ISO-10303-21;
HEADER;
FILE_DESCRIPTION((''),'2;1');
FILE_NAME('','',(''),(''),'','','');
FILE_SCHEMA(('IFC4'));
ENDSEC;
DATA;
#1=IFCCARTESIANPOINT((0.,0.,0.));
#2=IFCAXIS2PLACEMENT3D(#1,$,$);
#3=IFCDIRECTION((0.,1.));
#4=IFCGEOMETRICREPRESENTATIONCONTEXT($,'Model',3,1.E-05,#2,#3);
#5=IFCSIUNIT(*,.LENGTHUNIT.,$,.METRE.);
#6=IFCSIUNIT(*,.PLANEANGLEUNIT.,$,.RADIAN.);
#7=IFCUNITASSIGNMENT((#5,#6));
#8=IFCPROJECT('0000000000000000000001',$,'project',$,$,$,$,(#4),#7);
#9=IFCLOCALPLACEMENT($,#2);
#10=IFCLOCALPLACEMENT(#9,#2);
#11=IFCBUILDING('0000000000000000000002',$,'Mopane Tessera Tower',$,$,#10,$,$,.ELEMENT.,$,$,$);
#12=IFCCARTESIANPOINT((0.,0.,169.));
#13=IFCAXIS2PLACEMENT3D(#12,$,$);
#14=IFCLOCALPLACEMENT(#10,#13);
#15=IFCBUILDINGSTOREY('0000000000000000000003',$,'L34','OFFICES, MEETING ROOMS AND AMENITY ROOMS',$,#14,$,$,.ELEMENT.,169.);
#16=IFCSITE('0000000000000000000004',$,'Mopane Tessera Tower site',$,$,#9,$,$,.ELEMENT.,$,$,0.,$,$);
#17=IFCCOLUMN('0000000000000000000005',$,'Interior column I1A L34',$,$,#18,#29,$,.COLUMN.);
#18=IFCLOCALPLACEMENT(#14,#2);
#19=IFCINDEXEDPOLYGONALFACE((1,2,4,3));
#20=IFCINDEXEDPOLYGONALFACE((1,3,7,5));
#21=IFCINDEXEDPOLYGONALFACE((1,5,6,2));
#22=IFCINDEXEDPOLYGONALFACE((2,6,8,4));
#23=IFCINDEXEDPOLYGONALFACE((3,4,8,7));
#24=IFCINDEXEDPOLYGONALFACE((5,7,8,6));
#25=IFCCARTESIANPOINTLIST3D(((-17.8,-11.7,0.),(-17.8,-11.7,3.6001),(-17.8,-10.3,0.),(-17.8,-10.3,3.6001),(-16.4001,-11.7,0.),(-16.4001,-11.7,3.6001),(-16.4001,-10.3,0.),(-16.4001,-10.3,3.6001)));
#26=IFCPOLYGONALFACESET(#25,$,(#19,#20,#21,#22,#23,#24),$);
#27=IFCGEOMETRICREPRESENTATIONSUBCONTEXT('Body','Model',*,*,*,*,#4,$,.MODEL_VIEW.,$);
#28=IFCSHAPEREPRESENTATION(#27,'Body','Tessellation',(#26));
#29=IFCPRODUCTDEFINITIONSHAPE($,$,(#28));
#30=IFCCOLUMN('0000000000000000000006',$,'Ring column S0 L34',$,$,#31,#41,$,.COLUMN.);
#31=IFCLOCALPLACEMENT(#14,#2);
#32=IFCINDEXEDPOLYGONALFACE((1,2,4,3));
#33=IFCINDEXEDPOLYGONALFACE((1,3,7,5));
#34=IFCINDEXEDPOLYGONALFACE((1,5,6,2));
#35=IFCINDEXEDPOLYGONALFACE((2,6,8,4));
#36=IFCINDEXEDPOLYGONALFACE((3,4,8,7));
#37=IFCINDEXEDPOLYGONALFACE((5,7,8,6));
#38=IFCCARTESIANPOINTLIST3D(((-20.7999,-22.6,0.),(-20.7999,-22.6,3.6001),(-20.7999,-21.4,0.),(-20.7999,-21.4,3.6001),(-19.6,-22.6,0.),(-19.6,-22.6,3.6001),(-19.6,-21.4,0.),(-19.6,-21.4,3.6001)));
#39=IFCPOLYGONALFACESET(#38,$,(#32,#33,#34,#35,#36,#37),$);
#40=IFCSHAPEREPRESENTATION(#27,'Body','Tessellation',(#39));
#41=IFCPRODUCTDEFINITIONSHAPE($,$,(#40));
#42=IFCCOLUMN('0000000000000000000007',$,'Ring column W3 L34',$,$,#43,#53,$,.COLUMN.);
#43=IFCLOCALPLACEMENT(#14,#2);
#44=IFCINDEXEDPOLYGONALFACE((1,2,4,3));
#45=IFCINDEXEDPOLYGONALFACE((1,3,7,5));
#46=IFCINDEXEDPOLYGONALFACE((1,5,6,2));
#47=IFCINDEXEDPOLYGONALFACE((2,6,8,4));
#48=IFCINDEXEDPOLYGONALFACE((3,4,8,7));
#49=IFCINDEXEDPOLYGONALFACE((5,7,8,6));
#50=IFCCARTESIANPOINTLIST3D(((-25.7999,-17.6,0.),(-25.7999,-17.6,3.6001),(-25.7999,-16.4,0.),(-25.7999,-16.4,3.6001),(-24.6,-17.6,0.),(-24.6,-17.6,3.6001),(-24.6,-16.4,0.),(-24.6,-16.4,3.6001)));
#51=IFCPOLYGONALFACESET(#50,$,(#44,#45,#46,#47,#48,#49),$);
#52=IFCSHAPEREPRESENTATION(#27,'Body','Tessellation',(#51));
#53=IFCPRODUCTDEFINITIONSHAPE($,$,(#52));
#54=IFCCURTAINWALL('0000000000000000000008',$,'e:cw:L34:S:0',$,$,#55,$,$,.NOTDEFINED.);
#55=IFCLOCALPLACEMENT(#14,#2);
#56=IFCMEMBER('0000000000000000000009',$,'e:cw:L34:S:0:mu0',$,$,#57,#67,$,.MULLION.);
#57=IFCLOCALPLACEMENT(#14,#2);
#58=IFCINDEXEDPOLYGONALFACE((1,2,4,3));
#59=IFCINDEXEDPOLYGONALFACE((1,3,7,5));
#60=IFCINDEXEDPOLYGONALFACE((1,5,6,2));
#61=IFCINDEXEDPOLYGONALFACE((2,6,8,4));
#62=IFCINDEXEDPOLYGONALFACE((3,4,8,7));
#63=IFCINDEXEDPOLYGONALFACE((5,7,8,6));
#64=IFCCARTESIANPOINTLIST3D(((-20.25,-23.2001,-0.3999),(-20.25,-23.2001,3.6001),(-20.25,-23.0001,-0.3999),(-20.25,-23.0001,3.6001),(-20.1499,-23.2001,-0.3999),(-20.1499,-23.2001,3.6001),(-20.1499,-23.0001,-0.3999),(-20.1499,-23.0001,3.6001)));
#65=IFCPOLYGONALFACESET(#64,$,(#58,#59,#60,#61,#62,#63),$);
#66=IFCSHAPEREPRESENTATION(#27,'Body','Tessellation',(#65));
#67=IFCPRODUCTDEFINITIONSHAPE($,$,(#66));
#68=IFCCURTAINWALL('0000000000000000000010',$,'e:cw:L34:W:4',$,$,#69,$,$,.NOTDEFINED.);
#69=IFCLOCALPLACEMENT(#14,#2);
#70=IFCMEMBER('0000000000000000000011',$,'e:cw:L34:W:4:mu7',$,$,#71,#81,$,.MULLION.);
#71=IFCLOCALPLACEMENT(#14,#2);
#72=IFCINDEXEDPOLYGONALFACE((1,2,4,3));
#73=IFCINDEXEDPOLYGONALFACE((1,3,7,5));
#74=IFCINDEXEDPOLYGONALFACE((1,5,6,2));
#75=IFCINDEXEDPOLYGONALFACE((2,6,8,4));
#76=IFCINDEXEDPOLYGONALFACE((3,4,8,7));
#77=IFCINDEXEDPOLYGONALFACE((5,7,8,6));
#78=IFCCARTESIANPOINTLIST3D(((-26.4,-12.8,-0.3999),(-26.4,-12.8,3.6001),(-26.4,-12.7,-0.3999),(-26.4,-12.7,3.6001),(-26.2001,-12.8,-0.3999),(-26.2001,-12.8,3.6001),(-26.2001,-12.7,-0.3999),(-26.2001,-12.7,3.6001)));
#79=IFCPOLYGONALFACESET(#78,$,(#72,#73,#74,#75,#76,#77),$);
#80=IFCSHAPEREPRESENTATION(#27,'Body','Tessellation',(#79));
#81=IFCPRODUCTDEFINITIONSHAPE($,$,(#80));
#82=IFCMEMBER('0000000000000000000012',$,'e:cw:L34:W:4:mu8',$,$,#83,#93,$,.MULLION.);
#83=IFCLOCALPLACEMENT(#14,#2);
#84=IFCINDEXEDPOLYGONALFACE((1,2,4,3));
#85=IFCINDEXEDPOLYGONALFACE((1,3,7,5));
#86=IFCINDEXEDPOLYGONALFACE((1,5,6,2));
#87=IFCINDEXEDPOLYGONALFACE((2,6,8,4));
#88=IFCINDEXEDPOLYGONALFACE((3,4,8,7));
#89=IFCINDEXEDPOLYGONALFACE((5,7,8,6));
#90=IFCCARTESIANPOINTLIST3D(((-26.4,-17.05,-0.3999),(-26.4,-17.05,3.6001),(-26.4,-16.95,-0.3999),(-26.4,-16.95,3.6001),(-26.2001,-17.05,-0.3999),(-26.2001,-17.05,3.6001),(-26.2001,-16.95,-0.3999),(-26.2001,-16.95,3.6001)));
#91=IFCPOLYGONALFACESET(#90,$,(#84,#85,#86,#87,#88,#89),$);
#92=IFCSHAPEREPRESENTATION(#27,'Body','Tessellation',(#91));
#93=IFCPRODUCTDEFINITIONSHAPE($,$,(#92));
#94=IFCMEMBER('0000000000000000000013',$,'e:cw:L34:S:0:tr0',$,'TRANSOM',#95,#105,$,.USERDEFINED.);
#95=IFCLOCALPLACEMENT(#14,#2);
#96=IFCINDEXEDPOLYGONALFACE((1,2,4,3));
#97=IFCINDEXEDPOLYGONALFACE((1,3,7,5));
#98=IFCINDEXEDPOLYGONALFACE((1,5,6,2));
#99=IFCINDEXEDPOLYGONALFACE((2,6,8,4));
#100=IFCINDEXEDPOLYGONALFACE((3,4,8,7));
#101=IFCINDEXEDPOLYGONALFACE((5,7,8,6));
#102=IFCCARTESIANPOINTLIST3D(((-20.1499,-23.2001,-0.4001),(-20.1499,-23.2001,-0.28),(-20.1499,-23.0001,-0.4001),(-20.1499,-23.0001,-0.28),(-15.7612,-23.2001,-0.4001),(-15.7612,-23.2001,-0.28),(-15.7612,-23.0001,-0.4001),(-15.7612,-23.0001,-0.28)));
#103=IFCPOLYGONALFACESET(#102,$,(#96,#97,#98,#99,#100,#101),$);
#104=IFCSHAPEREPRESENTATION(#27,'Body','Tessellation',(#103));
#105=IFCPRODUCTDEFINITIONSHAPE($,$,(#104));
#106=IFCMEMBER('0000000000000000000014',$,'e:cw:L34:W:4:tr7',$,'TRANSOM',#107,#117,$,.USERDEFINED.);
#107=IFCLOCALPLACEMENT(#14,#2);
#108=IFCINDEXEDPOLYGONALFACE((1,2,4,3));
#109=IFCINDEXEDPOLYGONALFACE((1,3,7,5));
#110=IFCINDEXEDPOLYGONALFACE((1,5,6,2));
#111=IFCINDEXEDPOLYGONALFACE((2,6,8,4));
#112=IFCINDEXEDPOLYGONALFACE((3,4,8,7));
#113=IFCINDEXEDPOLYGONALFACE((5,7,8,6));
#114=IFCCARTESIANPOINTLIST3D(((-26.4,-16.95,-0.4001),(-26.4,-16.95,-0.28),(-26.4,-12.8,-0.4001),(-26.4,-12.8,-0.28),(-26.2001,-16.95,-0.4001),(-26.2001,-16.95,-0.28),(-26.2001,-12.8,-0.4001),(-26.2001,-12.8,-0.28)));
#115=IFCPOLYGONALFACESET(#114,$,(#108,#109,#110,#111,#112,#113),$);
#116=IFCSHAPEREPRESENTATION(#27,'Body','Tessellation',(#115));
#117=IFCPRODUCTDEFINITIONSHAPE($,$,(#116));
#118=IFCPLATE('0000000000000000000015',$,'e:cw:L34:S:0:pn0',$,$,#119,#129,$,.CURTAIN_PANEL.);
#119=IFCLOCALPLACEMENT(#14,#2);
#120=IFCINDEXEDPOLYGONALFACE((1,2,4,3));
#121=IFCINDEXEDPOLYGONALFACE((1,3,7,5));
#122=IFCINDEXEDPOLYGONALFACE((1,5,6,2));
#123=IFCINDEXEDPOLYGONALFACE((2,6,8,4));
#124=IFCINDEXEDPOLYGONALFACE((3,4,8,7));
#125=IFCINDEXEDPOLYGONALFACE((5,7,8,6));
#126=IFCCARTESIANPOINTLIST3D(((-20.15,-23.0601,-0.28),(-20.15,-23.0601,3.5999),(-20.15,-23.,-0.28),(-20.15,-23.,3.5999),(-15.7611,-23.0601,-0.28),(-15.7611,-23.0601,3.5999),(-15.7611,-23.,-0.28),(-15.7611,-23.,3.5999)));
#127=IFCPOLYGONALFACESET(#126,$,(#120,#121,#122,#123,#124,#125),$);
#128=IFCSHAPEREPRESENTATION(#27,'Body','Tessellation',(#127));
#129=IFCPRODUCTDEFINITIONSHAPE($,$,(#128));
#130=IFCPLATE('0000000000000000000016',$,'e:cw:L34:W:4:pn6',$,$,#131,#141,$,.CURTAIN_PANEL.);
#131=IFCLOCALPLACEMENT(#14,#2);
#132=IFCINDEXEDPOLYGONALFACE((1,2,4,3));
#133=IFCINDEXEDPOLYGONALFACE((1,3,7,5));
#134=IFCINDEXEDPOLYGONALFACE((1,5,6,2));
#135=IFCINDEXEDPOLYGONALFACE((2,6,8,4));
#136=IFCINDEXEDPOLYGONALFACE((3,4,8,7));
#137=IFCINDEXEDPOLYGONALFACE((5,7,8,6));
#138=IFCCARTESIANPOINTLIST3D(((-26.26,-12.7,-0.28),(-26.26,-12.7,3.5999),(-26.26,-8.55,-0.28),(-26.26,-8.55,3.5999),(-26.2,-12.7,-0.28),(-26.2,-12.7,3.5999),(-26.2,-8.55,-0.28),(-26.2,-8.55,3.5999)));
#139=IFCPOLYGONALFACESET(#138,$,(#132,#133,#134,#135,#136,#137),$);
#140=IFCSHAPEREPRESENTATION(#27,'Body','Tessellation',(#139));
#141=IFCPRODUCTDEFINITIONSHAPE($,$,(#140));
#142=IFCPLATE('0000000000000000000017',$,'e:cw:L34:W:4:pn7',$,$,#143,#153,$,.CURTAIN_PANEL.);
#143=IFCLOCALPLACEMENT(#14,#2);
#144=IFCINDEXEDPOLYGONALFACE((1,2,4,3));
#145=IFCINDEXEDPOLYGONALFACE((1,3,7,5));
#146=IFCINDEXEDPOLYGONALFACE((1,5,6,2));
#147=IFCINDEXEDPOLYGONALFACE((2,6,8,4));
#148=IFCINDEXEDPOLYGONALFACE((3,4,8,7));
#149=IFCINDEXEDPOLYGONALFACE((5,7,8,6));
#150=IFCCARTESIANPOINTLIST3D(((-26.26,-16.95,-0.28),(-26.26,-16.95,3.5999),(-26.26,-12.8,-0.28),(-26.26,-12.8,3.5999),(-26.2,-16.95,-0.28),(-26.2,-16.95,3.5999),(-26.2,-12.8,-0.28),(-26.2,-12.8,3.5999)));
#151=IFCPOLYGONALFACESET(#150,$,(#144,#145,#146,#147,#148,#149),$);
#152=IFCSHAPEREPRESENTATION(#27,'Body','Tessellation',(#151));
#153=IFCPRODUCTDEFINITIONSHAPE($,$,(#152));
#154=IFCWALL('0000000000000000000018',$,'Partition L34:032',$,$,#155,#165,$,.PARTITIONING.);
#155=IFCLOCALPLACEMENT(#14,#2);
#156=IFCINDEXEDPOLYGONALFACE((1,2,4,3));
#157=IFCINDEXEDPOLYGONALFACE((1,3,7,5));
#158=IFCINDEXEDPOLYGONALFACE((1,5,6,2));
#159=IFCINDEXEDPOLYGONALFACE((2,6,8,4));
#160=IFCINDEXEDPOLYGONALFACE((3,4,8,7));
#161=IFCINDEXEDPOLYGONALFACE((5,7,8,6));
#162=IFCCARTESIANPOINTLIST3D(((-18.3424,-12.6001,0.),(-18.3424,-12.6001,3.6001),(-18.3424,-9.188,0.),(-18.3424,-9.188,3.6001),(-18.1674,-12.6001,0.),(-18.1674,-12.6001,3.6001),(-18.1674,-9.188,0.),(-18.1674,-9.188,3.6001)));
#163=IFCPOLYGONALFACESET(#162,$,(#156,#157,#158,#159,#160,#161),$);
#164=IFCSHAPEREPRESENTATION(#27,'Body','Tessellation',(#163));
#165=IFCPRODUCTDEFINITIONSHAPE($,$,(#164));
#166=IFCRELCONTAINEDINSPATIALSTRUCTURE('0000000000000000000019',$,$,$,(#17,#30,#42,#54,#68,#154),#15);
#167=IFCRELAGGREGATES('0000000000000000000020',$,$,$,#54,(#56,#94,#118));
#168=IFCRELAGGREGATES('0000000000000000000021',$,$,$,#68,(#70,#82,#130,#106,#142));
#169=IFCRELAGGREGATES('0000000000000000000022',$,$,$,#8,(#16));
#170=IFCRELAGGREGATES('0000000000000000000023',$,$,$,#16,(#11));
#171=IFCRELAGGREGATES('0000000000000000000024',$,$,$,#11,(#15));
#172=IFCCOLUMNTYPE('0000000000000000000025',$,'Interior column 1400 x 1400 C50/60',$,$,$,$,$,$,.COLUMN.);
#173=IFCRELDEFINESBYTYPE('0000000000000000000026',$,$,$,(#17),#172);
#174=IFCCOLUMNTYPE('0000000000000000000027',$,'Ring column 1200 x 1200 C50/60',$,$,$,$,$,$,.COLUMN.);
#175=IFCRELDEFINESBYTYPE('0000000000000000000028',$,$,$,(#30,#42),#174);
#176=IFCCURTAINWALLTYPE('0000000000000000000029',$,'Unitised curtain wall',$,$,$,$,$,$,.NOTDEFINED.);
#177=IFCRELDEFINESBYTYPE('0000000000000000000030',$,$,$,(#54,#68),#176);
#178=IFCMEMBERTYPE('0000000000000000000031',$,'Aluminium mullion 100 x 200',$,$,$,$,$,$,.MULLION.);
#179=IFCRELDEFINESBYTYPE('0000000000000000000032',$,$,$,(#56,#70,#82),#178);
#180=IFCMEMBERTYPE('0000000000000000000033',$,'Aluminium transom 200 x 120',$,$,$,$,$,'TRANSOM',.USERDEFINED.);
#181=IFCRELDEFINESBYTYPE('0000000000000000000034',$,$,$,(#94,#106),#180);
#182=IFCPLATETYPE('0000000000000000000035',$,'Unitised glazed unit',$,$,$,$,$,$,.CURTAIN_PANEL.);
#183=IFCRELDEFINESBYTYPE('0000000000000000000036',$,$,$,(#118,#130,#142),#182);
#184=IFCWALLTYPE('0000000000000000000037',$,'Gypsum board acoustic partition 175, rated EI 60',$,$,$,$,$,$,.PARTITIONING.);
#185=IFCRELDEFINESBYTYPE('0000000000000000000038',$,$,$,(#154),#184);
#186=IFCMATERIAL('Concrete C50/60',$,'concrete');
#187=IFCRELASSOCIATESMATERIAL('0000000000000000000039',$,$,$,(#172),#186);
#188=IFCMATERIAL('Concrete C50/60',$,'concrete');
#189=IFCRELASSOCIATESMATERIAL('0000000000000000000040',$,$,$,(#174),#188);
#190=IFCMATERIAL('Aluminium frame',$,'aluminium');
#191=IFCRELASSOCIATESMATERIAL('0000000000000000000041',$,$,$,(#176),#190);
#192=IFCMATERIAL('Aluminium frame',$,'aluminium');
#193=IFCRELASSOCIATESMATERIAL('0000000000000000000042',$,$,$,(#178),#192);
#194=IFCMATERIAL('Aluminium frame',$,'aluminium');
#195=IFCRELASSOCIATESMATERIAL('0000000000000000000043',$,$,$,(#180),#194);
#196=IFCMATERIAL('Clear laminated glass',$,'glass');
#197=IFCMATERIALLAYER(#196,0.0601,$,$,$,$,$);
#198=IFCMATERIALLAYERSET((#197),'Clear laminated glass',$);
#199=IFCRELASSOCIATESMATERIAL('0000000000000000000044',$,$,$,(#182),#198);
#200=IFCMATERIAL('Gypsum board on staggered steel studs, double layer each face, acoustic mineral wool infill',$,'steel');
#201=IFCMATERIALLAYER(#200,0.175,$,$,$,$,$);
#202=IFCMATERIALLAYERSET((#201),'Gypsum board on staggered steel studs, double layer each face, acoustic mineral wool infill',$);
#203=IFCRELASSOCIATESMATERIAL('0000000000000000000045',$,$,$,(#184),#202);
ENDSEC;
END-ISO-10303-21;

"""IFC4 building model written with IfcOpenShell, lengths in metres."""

from ifc_helpers import new_model, si_unit, direction, frame, frame_2d, origin, origin_2d, place, context, subcontext, project, spatial, rectangle, extrude, material, layer, layer_set, material_profile, profile_set, type_object, element, aggregate, save


model = new_model("IFC4")

# Units and contexts
model_context = context("Model", 3, precision=1e-05, world=origin(), true_north=direction((0.0, 1.0)))
body_context = subcontext(model_context, "Body", "Model", "MODEL_VIEW")
ifc_project = project(units=[si_unit("LENGTHUNIT", "METRE"), si_unit("PLANEANGLEUNIT", "RADIAN")], contexts=[model_context])

# Site, building, storey
site_placement = place(None, origin())
site = spatial("IfcSite", under=ifc_project, at=site_placement, Name="Mopane Tessera Tower site", CompositionType="ELEMENT", RefElevation=0.0)
building_placement = place(site_placement, origin())
building = spatial("IfcBuilding", under=site, at=building_placement, Name="Mopane Tessera Tower", CompositionType="ELEMENT")
storey_placement = place(building_placement, frame((0.0, 0.0, 169.0)))
storey = spatial("IfcBuildingStorey", under=building, at=storey_placement, Name="L34", Description="OFFICES, MEETING ROOMS AND AMENITY ROOMS", CompositionType="ELEMENT", Elevation=169.0)

# Columns
ifc_material_1 = material(Name="Concrete C50/60", Category="concrete")
ifc_material_profile_1 = material_profile(ifc_material_1, rectangle(XDim=1.3999, YDim=1.3999, at=origin_2d()))
ifc_profile_set_1 = profile_set([ifc_material_profile_1], Name="Concrete C50/60")
column_type_1 = type_object("IfcColumnType", Name="Interior column 1400 x 1400 C50/60", PredefinedType="COLUMN", material=ifc_profile_set_1)
column_placement = place(storey_placement, frame((-17.1001, -11.0, 0.0), z_axis=(0.0, 0.0, 1.0), x_axis=(1.0, 0.0, 0.0)))
element("IfcColumn", 1, at=column_placement, inside=storey, type_object=column_type_1, Name="Interior column I1A L34", PredefinedType="COLUMN", context=body_context, shape_type="SweptSolid", body=[
    extrude(rectangle(XDim=1.3999, YDim=1.3999, at=origin_2d()), origin(), (0.0, 0.0, 1.0), 3.6001),
])
ifc_material_2 = material(Name="Concrete C50/60", Category="concrete")
ifc_material_profile_2 = material_profile(ifc_material_2, rectangle(XDim=1.2, YDim=1.2, at=origin_2d()))
ifc_profile_set_2 = profile_set([ifc_material_profile_2], Name="Concrete C50/60")
column_type_2 = type_object("IfcColumnType", Name="Ring column 1200 x 1200 C50/60", PredefinedType="COLUMN", material=ifc_profile_set_2)
for number, where, z_axis, x_axis, name in (
    (2, (-20.2, -22.0, 0.0), (0.0, 0.0, 1.0), (1.0, 0.0, 0.0), "Ring column S0 L34"),
    (3, (-25.2, -17.0, 0.0), (0.0, 0.0, 1.0), (1.0, 0.0, 0.0), "Ring column W3 L34"),
):
    element("IfcColumn", number, at=place(storey_placement, frame(where, z_axis=z_axis, x_axis=x_axis)), inside=storey, type_object=column_type_2, Name=name, PredefinedType="COLUMN", context=body_context, shape_type="SweptSolid", body=[
        extrude(rectangle(XDim=1.2, YDim=1.2, at=origin_2d()), origin(), (0.0, 0.0, 1.0), 3.6001),
    ])

# Curtain wall, member
ifc_material_3 = material(Name="Aluminium frame", Category="aluminium")
curtain_wall_type = type_object("IfcCurtainWallType", Name="Unitised curtain wall", PredefinedType="NOTDEFINED", material=ifc_material_3)
curtain_wall_1_placement = place(storey_placement, origin())
curtain_wall_1 = element("IfcCurtainWall", 4, at=curtain_wall_1_placement, inside=storey, type_object=curtain_wall_type, Name="e:cw:L34:S:0", PredefinedType="NOTDEFINED")
ifc_material_4 = material(Name="Aluminium frame", Category="aluminium")
ifc_material_profile_3 = material_profile(ifc_material_4, rectangle(XDim=0.1001, YDim=0.2, at=origin_2d()))
ifc_profile_set_3 = profile_set([ifc_material_profile_3], Name="Aluminium frame")
member_type_1 = type_object("IfcMemberType", Name="Aluminium mullion 100 x 200", PredefinedType="MULLION", material=ifc_profile_set_3)
member_1_placement = place(storey_placement, frame((-20.2, -23.1001, -0.3999), z_axis=(0.0, 0.0, 1.0), x_axis=(1.0, 0.0, 0.0)))
member_1 = element("IfcMember", 5, at=member_1_placement, type_object=member_type_1, Name="e:cw:L34:S:0:mu0", PredefinedType="MULLION", context=body_context, shape_type="SweptSolid", body=[
    extrude(rectangle(XDim=0.1001, YDim=0.2, at=origin_2d()), origin(), (0.0, 0.0, 1.0), 4.0),
])

# Curtain wall, members
curtain_wall_2_placement = place(storey_placement, origin())
curtain_wall_2 = element("IfcCurtainWall", 6, at=curtain_wall_2_placement, inside=storey, type_object=curtain_wall_type, Name="e:cw:L34:W:4", PredefinedType="NOTDEFINED")
member_2_placement = place(storey_placement, frame((-26.3, -12.75, -0.3999), z_axis=(0.0, 0.0, 1.0), x_axis=(0.0, -1.0, 0.0)))
member_2 = element("IfcMember", 7, at=member_2_placement, type_object=member_type_1, Name="e:cw:L34:W:4:mu7", PredefinedType="MULLION", context=body_context, shape_type="SweptSolid", body=[
    extrude(rectangle(XDim=0.1001, YDim=0.2, at=origin_2d()), origin(), (0.0, 0.0, 1.0), 4.0),
])
member_3_placement = place(storey_placement, frame((-26.3, -17.0, -0.3999), z_axis=(0.0, 0.0, 1.0), x_axis=(0.0, -1.0, 0.0)))
member_3 = element("IfcMember", 8, at=member_3_placement, type_object=member_type_1, Name="e:cw:L34:W:4:mu8", PredefinedType="MULLION", context=body_context, shape_type="SweptSolid", body=[
    extrude(rectangle(XDim=0.1001, YDim=0.2, at=origin_2d()), origin(), (0.0, 0.0, 1.0), 4.0),
])

# Members
ifc_material_5 = material(Name="Aluminium frame", Category="aluminium")
ifc_material_profile_4 = material_profile(ifc_material_5, rectangle(XDim=0.2, YDim=0.1201, at=origin_2d()))
ifc_profile_set_4 = profile_set([ifc_material_profile_4], Name="Aluminium frame")
member_type_2 = type_object("IfcMemberType", Name="Aluminium transom 200 x 120", ElementType="TRANSOM", PredefinedType="USERDEFINED", material=ifc_profile_set_4)
member_4_placement = place(storey_placement, frame((-20.1499, -23.1001, -0.3401), z_axis=(1.0, 0.0, 0.0), x_axis=(0.0, 1.0, 0.0)))
member_4 = element("IfcMember", 9, at=member_4_placement, type_object=member_type_2, Name="e:cw:L34:S:0:tr0", ObjectType="TRANSOM", PredefinedType="USERDEFINED", context=body_context, shape_type="SweptSolid", body=[
    extrude(rectangle(XDim=0.2, YDim=0.1201, at=origin_2d()), origin(), (0.0, 0.0, 1.0), 4.3887),
])
member_5_placement = place(storey_placement, frame((-26.3, -12.8, -0.3401), z_axis=(0.0, -1.0, 0.0), x_axis=(1.0, 0.0, 0.0)))
member_5 = element("IfcMember", 10, at=member_5_placement, type_object=member_type_2, Name="e:cw:L34:W:4:tr7", ObjectType="TRANSOM", PredefinedType="USERDEFINED", context=body_context, shape_type="SweptSolid", body=[
    extrude(rectangle(XDim=0.2, YDim=0.1201, at=origin_2d()), origin(), (0.0, 0.0, 1.0), 4.1499),
])

# Plates
ifc_material_6 = material(Name="Clear laminated glass", Category="glass")
ifc_layer_1 = layer(ifc_material_6, 0.0601)
ifc_layer_set_1 = layer_set([ifc_layer_1], Name="Clear laminated glass")
plate_type = type_object("IfcPlateType", Name="Unitised glazed unit", PredefinedType="CURTAIN_PANEL", material=ifc_layer_set_1)
plate_1_placement = place(storey_placement, frame((-17.9556, -23.03, -0.28), z_axis=(0.0, 0.0, 1.0), x_axis=(1.0, 0.0, 0.0)))
plate_1 = element("IfcPlate", 11, at=plate_1_placement, type_object=plate_type, Name="e:cw:L34:S:0:pn0", PredefinedType="CURTAIN_PANEL", context=body_context, shape_type="SweptSolid", body=[
    extrude(rectangle(XDim=4.3889, YDim=0.0601, at=origin_2d()), origin(), (0.0, 0.0, 1.0), 3.8799),
])
aggregate(curtain_wall_1, [member_1, member_4, plate_1])
plate_2_placement = place(storey_placement, frame((-26.23, -10.625, -0.28), z_axis=(0.0, 0.0, 1.0), x_axis=(0.0, -1.0, 0.0)))
plate_2 = element("IfcPlate", 12, at=plate_2_placement, type_object=plate_type, Name="e:cw:L34:W:4:pn6", PredefinedType="CURTAIN_PANEL", context=body_context, shape_type="SweptSolid", body=[
    extrude(rectangle(XDim=4.1499, YDim=0.0601, at=origin_2d()), origin(), (0.0, 0.0, 1.0), 3.8799),
])
plate_3_placement = place(storey_placement, frame((-26.23, -14.875, -0.28), z_axis=(0.0, 0.0, 1.0), x_axis=(0.0, -1.0, 0.0)))
plate_3 = element("IfcPlate", 13, at=plate_3_placement, type_object=plate_type, Name="e:cw:L34:W:4:pn7", PredefinedType="CURTAIN_PANEL", context=body_context, shape_type="SweptSolid", body=[
    extrude(rectangle(XDim=4.1499, YDim=0.0601, at=origin_2d()), origin(), (0.0, 0.0, 1.0), 3.8799),
])
aggregate(curtain_wall_2, [member_2, member_3, plate_2, member_5, plate_3])

# Wall
ifc_material_7 = material(Name="Gypsum board on staggered steel studs, double layer each face, acoustic mineral wool infill", Category="steel")
ifc_layer_2 = layer(ifc_material_7, 0.175)
ifc_layer_set_2 = layer_set([ifc_layer_2], Name="Gypsum board on staggered steel studs, double layer each face, acoustic mineral wool infill")
wall_type_1 = type_object("IfcWallType", Name="Gypsum board acoustic partition 175, rated EI 60", PredefinedType="PARTITIONING", material=ifc_layer_set_2)
wall_1_placement = place(storey_placement, frame((-18.2549, -12.6001, 0.0), z_axis=(0.0, 0.0, 1.0), x_axis=(0.0, 1.0, 0.0)))
element("IfcWall", 14, at=wall_1_placement, inside=storey, type_object=wall_type_1, Name="Partition L34:032", PredefinedType="PARTITIONING", context=body_context, shape_type="SweptSolid", body=[
    extrude(rectangle(XDim=3.4121, YDim=0.175, at=frame_2d((1.7061, 0.0))), origin(), (0.0, 0.0, 1.0), 3.6001),
])

save(model, "model.ifc")
